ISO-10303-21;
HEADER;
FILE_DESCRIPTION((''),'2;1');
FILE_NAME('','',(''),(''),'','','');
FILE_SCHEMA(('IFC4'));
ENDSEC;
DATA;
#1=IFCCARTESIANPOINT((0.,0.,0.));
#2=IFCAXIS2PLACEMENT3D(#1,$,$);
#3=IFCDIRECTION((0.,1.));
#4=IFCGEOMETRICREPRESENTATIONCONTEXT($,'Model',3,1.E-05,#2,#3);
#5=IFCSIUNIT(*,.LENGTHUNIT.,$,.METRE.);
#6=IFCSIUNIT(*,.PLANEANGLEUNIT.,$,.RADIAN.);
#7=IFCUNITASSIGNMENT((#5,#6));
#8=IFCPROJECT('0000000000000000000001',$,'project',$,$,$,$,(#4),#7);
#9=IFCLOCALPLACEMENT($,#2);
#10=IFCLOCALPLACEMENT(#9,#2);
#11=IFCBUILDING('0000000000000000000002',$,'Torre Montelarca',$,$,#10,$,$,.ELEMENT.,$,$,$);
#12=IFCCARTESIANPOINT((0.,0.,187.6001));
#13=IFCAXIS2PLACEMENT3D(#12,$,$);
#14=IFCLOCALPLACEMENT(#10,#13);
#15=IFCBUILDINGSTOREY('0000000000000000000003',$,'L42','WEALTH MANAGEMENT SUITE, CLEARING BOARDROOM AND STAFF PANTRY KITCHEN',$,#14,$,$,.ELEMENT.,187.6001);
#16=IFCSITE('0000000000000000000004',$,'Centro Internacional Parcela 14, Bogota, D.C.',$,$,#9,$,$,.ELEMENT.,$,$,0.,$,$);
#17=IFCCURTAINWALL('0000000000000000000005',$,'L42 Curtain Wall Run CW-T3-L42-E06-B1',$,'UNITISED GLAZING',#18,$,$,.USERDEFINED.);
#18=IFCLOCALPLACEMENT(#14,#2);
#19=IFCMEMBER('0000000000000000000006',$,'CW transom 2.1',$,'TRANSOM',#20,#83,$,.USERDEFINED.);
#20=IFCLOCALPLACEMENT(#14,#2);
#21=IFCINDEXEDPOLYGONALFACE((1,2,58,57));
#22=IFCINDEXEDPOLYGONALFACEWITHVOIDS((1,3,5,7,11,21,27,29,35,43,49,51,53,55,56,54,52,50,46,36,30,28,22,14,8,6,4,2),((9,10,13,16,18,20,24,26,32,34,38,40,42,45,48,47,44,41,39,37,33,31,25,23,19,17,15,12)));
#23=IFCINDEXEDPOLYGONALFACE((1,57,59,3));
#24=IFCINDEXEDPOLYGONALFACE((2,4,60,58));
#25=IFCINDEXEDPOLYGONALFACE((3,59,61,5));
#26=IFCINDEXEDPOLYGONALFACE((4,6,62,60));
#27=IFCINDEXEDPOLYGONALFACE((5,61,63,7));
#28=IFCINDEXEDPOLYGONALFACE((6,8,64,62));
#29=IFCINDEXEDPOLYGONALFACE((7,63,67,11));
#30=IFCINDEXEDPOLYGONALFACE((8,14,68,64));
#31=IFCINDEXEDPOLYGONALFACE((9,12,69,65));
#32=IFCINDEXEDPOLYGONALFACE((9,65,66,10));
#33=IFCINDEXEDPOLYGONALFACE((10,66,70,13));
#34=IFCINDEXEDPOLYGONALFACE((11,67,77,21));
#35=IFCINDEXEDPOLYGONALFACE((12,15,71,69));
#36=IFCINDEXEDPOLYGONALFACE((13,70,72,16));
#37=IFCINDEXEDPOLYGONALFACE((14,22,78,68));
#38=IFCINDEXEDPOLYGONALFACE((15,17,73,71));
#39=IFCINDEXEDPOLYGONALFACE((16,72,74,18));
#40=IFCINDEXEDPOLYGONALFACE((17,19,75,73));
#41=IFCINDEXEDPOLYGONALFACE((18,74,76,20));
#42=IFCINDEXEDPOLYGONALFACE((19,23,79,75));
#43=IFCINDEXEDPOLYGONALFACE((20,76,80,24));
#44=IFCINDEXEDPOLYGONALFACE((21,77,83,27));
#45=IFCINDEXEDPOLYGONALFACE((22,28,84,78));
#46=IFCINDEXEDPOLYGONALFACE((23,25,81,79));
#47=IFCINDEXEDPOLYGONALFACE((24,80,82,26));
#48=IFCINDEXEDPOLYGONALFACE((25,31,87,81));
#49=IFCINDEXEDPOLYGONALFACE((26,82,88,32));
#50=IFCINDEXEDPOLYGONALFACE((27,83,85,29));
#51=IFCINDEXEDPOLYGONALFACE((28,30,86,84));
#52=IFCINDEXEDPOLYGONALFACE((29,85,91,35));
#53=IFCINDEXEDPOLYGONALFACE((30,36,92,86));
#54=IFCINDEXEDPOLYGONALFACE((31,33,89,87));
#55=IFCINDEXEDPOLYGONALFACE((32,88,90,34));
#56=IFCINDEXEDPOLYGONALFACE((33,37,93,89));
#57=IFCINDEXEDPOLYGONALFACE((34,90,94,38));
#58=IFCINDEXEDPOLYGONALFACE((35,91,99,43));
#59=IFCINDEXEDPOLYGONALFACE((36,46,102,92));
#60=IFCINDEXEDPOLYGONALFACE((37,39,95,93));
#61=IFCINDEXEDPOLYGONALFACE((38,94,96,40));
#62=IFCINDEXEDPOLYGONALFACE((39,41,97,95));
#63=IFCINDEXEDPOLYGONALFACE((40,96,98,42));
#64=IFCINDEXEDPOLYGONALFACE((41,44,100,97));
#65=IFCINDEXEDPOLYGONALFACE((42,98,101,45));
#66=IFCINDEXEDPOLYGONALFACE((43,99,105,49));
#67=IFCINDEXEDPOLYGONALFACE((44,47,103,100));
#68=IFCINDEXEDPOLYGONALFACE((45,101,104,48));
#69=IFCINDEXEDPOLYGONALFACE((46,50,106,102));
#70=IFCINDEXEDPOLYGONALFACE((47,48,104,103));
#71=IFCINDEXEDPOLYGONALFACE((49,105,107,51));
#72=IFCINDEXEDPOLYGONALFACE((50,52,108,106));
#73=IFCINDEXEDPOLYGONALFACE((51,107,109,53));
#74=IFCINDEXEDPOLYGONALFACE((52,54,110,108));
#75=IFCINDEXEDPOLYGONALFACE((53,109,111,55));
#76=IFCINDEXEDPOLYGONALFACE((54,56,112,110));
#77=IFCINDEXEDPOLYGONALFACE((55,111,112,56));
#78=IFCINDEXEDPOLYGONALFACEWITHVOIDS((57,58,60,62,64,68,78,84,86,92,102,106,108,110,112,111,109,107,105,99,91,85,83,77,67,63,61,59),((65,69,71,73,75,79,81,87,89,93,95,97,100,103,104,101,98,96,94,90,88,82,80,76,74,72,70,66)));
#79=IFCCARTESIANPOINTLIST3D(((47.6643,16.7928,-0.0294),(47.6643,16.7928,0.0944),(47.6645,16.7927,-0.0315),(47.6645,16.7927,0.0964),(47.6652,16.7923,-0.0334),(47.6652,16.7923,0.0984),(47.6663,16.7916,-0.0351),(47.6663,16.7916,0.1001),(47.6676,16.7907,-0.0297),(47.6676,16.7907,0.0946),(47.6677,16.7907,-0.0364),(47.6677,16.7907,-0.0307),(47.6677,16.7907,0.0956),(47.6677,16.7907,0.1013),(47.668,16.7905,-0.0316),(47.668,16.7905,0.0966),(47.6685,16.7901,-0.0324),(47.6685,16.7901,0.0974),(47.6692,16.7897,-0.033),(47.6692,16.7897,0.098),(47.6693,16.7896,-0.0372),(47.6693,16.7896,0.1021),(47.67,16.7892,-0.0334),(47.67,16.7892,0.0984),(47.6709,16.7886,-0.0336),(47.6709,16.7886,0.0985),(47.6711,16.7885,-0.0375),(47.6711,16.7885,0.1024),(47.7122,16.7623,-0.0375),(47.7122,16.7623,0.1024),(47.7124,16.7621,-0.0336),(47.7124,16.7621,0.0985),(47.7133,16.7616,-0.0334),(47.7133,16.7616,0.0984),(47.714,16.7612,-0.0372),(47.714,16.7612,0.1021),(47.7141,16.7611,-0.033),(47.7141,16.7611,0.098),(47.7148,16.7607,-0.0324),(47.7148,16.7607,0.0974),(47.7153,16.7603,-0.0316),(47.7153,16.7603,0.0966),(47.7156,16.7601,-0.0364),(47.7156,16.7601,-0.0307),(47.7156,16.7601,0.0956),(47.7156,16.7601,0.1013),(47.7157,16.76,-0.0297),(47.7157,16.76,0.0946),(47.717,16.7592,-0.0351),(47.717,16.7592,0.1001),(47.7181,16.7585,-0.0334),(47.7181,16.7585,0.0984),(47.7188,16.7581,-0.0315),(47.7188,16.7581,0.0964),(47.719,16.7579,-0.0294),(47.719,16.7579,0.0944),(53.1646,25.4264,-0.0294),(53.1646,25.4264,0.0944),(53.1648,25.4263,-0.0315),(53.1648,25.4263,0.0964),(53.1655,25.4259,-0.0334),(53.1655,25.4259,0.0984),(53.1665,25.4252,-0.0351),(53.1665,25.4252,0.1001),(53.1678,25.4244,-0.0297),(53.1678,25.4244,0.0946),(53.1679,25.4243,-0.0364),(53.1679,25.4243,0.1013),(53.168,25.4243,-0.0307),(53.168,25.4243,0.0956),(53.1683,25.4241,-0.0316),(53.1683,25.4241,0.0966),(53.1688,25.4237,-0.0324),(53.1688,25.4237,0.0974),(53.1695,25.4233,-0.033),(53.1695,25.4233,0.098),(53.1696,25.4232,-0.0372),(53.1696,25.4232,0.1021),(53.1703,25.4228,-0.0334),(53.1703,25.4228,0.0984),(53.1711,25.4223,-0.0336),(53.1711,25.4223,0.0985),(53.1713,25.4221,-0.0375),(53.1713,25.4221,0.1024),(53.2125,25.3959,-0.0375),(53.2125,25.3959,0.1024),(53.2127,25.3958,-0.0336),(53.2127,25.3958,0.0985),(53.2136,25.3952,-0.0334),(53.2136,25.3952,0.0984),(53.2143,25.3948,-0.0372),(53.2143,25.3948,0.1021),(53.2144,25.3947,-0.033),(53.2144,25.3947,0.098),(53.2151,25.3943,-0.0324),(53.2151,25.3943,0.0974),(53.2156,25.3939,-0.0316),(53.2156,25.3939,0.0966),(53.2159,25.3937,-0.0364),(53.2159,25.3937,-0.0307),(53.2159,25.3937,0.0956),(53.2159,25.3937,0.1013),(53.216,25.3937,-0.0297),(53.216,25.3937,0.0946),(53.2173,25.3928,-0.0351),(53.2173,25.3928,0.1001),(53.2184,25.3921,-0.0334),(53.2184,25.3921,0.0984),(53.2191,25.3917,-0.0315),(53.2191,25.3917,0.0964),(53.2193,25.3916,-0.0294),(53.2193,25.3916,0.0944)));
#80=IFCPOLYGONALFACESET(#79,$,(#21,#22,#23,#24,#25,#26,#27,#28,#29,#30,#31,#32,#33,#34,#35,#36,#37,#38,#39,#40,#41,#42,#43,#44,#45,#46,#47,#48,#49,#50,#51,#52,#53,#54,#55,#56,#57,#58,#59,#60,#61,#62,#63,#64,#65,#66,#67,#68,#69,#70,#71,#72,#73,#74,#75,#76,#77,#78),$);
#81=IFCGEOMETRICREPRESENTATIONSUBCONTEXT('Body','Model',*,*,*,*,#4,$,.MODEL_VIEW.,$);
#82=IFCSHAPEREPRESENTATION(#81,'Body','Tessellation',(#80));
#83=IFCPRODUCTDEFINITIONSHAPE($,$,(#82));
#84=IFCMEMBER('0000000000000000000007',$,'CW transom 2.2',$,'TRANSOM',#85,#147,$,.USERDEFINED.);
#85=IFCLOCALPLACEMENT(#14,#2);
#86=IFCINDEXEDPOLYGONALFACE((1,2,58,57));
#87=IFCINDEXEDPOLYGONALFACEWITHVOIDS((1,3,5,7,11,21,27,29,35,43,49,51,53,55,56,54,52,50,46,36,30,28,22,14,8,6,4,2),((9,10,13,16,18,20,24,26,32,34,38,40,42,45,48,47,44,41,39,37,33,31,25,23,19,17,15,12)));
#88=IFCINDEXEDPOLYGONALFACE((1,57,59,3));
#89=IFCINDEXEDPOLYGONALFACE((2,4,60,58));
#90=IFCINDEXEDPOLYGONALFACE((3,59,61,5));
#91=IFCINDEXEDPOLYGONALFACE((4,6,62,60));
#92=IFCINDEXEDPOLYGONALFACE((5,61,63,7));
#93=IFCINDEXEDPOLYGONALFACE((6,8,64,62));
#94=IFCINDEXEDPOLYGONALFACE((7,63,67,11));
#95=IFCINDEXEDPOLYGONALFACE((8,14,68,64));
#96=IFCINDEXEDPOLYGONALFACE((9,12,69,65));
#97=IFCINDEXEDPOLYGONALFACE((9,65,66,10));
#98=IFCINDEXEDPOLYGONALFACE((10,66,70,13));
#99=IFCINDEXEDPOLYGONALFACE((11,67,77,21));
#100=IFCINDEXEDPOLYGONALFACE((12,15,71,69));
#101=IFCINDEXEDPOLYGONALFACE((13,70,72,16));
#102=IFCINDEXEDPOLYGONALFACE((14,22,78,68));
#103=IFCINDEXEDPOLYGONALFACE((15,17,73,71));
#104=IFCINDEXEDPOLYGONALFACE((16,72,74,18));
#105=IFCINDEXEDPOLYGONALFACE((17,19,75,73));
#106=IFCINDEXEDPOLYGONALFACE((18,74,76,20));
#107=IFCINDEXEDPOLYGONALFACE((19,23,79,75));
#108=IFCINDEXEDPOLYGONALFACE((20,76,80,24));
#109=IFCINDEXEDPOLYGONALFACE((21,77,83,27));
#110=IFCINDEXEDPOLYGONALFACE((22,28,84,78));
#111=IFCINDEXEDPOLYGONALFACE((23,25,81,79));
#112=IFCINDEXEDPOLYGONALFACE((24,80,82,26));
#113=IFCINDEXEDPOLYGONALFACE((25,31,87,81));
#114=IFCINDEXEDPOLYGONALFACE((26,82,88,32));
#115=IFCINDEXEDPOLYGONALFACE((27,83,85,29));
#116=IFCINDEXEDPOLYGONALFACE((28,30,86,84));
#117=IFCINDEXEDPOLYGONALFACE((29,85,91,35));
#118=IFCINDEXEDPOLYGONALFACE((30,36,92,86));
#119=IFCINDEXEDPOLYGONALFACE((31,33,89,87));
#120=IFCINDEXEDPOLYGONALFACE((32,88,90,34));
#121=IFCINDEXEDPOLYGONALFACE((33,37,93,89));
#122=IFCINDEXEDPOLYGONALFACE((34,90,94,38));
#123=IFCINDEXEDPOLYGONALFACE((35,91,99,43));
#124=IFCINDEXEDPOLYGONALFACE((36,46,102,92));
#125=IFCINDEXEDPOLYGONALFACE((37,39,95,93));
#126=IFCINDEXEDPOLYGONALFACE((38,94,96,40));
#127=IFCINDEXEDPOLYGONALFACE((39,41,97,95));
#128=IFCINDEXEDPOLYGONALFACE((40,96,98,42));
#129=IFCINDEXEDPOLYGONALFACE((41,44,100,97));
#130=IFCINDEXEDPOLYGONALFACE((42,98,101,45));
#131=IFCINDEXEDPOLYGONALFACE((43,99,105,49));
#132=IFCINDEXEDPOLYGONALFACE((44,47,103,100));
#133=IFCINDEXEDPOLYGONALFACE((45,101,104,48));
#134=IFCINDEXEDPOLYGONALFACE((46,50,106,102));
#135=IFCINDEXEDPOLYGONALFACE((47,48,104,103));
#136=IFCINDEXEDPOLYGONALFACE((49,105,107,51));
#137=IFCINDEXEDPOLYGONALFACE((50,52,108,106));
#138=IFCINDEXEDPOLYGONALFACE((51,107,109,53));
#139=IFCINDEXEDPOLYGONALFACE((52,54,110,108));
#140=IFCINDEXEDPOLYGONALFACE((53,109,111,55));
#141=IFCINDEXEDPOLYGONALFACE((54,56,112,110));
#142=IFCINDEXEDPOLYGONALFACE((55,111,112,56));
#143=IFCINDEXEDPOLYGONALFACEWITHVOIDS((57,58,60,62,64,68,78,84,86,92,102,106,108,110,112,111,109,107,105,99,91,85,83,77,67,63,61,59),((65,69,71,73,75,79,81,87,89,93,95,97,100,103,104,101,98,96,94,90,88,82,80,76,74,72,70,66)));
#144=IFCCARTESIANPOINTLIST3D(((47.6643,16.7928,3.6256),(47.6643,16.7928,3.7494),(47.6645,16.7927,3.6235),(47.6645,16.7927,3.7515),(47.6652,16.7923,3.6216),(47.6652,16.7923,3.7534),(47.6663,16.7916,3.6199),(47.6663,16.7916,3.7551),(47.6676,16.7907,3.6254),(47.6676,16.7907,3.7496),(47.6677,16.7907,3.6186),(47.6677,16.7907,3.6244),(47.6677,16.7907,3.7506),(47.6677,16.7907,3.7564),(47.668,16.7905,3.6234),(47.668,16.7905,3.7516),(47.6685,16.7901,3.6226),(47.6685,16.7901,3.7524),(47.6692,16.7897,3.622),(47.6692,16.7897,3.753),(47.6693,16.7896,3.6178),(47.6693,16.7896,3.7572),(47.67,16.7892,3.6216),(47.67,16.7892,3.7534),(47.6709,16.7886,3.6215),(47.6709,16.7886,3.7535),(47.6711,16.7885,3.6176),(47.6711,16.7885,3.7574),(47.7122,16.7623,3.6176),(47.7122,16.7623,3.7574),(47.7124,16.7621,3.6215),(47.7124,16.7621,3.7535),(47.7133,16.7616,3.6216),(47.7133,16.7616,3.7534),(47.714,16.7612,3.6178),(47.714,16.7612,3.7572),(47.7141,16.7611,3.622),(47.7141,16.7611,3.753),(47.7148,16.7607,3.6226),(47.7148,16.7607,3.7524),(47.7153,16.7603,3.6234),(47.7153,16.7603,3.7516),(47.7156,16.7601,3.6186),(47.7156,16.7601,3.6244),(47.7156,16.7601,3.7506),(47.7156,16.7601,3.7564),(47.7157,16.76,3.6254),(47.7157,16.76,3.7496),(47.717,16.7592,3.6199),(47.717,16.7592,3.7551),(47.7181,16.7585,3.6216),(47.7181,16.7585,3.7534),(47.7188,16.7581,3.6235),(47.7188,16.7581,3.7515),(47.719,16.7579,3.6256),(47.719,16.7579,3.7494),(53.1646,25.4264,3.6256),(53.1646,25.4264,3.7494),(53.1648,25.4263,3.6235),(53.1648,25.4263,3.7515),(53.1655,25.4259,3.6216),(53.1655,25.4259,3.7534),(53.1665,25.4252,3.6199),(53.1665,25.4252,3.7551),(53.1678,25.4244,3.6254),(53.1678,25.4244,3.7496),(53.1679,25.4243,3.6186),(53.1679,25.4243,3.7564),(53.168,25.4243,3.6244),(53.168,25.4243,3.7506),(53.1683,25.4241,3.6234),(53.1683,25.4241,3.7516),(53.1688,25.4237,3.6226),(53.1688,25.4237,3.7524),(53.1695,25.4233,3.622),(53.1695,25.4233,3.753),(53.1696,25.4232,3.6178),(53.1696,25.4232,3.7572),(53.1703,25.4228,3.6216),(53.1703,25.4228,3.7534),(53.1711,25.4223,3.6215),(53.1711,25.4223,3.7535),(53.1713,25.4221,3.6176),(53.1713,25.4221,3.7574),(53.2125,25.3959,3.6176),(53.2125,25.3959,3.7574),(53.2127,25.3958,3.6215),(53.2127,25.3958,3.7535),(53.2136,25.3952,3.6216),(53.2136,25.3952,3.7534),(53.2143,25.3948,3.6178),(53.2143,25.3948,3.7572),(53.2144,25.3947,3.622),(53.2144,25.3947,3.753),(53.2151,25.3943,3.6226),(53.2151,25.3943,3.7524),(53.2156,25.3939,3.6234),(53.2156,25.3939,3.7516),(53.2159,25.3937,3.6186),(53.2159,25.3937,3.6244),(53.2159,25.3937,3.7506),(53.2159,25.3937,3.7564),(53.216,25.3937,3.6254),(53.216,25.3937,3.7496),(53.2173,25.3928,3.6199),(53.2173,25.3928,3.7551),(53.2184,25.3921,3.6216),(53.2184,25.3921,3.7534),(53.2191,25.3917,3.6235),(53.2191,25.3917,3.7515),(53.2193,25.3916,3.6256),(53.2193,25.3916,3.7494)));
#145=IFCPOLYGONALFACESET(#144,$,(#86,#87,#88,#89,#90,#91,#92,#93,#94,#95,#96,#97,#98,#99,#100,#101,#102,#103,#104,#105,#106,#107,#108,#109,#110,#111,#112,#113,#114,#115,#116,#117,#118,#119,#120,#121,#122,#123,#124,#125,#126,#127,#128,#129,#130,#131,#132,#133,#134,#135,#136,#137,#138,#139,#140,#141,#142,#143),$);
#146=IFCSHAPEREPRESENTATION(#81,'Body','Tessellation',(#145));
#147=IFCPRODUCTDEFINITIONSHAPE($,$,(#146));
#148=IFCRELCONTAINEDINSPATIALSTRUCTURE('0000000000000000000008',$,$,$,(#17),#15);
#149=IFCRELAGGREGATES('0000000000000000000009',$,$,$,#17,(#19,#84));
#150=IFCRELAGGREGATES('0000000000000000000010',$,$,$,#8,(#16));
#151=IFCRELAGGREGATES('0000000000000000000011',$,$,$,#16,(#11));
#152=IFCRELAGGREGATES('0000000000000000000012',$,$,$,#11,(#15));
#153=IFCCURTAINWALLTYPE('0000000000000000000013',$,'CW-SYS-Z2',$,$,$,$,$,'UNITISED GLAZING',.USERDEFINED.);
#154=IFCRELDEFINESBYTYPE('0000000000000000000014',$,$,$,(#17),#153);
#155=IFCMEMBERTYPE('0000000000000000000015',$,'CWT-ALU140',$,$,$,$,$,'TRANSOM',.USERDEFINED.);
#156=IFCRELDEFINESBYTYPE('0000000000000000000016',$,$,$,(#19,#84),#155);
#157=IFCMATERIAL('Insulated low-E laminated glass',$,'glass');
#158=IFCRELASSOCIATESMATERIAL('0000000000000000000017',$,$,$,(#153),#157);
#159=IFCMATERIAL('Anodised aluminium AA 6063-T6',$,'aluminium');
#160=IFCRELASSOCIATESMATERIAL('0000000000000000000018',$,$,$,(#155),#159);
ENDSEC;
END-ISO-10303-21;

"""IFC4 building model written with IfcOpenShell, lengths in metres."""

from ifc_helpers import new_model, si_unit, direction, frame, origin, origin_2d, place, context, subcontext, project, spatial, hollow_rectangle, extrude, source, transform, mapped, material, material_profile, profile_set, type_object, element, aggregate, save


model = new_model("IFC4")

# Units and contexts
model_context = context("Model", 3, precision=1e-05, world=origin(), true_north=direction((0.0, 1.0)))
body_context = subcontext(model_context, "Body", "Model", "MODEL_VIEW")
ifc_project = project(units=[si_unit("LENGTHUNIT", "METRE"), si_unit("PLANEANGLEUNIT", "RADIAN")], contexts=[model_context])

# Site, building, storey
site_placement = place(None, origin())
site = spatial("IfcSite", under=ifc_project, at=site_placement, Name="Centro Internacional Parcela 14, Bogota, D.C.", CompositionType="ELEMENT", RefElevation=0.0)
building_placement = place(site_placement, origin())
building = spatial("IfcBuilding", under=site, at=building_placement, Name="Torre Montelarca", CompositionType="ELEMENT")
storey_placement = place(building_placement, frame((0.0, 0.0, 187.6001)))
storey = spatial("IfcBuildingStorey", under=building, at=storey_placement, Name="L42", Description="WEALTH MANAGEMENT SUITE, CLEARING BOARDROOM AND STAFF PANTRY KITCHEN", CompositionType="ELEMENT", Elevation=187.6001)

# Shared definitions
ifc_material_1 = material(Name="Insulated low-E laminated glass", Category="glass")
curtain_wall_type = type_object("IfcCurtainWallType", Name="CW-SYS-Z2", ElementType="UNITISED GLAZING", PredefinedType="USERDEFINED", material=ifc_material_1)
ifc_material_2 = material(Name="Anodised aluminium AA 6063-T6", Category="aluminium")
ifc_material_profile_1 = material_profile(ifc_material_2, hollow_rectangle(XDim=0.0649, YDim=0.1399, WallThickness=0.0039, InnerFilletRadius=0.0039, OuterFilletRadius=0.0081, at=origin_2d()), Name="ALU65X140X4", Category="aluminium")
ifc_profile_set_1 = profile_set([ifc_material_profile_1], Name="Anodised aluminium AA 6063-T6")
member_type_1 = type_object("IfcMemberType", Name="CWT-ALU140", ElementType="TRANSOM", PredefinedType="USERDEFINED", material=ifc_profile_set_1)

# Curtain wall, members
curtain_wall_1_placement = place(storey_placement, origin())
curtain_wall_1 = element("IfcCurtainWall", 1, at=curtain_wall_1_placement, inside=storey, type_object=curtain_wall_type, Name="L42 Curtain Wall Run CW-T3-L42-E06-B1", ObjectType="UNITISED GLAZING", PredefinedType="USERDEFINED")
shared_shape_1 = source(origin(), body_context, "Body", "SweptSolid", [
    extrude(hollow_rectangle(XDim=0.0649, YDim=0.1399, WallThickness=0.0039, InnerFilletRadius=0.0039, OuterFilletRadius=0.0081, at=origin_2d()), origin(), (0.0, 0.0, 1.0), 10.2368),
])
member_1_placement = place(storey_placement, frame((47.6917, 16.7754, 0.0325), z_axis=(0.537304, 0.843388, 0.0), x_axis=(-0.843388, 0.537304, 0.0)))
member_1 = element("IfcMember", 2, at=member_1_placement, type_object=member_type_1, Name="CW transom 2.1", ObjectType="TRANSOM", PredefinedType="USERDEFINED", context=body_context, shape_type="MappedRepresentation", body=[
    mapped(shared_shape_1, transform((0.0, 0.0, 0.0), scale=1.0)),
])
member_2_placement = place(storey_placement, frame((47.6917, 16.7754, 3.6875), z_axis=(0.537304, 0.843388, 0.0), x_axis=(-0.843388, 0.537304, 0.0)))
member_2 = element("IfcMember", 3, at=member_2_placement, type_object=member_type_1, Name="CW transom 2.2", ObjectType="TRANSOM", PredefinedType="USERDEFINED", context=body_context, shape_type="MappedRepresentation", body=[
    mapped(shared_shape_1, transform((0.0, 0.0, 0.0), scale=1.0)),
])

aggregate(curtain_wall_1, [member_1, member_2])

save(model, "model.ifc")
